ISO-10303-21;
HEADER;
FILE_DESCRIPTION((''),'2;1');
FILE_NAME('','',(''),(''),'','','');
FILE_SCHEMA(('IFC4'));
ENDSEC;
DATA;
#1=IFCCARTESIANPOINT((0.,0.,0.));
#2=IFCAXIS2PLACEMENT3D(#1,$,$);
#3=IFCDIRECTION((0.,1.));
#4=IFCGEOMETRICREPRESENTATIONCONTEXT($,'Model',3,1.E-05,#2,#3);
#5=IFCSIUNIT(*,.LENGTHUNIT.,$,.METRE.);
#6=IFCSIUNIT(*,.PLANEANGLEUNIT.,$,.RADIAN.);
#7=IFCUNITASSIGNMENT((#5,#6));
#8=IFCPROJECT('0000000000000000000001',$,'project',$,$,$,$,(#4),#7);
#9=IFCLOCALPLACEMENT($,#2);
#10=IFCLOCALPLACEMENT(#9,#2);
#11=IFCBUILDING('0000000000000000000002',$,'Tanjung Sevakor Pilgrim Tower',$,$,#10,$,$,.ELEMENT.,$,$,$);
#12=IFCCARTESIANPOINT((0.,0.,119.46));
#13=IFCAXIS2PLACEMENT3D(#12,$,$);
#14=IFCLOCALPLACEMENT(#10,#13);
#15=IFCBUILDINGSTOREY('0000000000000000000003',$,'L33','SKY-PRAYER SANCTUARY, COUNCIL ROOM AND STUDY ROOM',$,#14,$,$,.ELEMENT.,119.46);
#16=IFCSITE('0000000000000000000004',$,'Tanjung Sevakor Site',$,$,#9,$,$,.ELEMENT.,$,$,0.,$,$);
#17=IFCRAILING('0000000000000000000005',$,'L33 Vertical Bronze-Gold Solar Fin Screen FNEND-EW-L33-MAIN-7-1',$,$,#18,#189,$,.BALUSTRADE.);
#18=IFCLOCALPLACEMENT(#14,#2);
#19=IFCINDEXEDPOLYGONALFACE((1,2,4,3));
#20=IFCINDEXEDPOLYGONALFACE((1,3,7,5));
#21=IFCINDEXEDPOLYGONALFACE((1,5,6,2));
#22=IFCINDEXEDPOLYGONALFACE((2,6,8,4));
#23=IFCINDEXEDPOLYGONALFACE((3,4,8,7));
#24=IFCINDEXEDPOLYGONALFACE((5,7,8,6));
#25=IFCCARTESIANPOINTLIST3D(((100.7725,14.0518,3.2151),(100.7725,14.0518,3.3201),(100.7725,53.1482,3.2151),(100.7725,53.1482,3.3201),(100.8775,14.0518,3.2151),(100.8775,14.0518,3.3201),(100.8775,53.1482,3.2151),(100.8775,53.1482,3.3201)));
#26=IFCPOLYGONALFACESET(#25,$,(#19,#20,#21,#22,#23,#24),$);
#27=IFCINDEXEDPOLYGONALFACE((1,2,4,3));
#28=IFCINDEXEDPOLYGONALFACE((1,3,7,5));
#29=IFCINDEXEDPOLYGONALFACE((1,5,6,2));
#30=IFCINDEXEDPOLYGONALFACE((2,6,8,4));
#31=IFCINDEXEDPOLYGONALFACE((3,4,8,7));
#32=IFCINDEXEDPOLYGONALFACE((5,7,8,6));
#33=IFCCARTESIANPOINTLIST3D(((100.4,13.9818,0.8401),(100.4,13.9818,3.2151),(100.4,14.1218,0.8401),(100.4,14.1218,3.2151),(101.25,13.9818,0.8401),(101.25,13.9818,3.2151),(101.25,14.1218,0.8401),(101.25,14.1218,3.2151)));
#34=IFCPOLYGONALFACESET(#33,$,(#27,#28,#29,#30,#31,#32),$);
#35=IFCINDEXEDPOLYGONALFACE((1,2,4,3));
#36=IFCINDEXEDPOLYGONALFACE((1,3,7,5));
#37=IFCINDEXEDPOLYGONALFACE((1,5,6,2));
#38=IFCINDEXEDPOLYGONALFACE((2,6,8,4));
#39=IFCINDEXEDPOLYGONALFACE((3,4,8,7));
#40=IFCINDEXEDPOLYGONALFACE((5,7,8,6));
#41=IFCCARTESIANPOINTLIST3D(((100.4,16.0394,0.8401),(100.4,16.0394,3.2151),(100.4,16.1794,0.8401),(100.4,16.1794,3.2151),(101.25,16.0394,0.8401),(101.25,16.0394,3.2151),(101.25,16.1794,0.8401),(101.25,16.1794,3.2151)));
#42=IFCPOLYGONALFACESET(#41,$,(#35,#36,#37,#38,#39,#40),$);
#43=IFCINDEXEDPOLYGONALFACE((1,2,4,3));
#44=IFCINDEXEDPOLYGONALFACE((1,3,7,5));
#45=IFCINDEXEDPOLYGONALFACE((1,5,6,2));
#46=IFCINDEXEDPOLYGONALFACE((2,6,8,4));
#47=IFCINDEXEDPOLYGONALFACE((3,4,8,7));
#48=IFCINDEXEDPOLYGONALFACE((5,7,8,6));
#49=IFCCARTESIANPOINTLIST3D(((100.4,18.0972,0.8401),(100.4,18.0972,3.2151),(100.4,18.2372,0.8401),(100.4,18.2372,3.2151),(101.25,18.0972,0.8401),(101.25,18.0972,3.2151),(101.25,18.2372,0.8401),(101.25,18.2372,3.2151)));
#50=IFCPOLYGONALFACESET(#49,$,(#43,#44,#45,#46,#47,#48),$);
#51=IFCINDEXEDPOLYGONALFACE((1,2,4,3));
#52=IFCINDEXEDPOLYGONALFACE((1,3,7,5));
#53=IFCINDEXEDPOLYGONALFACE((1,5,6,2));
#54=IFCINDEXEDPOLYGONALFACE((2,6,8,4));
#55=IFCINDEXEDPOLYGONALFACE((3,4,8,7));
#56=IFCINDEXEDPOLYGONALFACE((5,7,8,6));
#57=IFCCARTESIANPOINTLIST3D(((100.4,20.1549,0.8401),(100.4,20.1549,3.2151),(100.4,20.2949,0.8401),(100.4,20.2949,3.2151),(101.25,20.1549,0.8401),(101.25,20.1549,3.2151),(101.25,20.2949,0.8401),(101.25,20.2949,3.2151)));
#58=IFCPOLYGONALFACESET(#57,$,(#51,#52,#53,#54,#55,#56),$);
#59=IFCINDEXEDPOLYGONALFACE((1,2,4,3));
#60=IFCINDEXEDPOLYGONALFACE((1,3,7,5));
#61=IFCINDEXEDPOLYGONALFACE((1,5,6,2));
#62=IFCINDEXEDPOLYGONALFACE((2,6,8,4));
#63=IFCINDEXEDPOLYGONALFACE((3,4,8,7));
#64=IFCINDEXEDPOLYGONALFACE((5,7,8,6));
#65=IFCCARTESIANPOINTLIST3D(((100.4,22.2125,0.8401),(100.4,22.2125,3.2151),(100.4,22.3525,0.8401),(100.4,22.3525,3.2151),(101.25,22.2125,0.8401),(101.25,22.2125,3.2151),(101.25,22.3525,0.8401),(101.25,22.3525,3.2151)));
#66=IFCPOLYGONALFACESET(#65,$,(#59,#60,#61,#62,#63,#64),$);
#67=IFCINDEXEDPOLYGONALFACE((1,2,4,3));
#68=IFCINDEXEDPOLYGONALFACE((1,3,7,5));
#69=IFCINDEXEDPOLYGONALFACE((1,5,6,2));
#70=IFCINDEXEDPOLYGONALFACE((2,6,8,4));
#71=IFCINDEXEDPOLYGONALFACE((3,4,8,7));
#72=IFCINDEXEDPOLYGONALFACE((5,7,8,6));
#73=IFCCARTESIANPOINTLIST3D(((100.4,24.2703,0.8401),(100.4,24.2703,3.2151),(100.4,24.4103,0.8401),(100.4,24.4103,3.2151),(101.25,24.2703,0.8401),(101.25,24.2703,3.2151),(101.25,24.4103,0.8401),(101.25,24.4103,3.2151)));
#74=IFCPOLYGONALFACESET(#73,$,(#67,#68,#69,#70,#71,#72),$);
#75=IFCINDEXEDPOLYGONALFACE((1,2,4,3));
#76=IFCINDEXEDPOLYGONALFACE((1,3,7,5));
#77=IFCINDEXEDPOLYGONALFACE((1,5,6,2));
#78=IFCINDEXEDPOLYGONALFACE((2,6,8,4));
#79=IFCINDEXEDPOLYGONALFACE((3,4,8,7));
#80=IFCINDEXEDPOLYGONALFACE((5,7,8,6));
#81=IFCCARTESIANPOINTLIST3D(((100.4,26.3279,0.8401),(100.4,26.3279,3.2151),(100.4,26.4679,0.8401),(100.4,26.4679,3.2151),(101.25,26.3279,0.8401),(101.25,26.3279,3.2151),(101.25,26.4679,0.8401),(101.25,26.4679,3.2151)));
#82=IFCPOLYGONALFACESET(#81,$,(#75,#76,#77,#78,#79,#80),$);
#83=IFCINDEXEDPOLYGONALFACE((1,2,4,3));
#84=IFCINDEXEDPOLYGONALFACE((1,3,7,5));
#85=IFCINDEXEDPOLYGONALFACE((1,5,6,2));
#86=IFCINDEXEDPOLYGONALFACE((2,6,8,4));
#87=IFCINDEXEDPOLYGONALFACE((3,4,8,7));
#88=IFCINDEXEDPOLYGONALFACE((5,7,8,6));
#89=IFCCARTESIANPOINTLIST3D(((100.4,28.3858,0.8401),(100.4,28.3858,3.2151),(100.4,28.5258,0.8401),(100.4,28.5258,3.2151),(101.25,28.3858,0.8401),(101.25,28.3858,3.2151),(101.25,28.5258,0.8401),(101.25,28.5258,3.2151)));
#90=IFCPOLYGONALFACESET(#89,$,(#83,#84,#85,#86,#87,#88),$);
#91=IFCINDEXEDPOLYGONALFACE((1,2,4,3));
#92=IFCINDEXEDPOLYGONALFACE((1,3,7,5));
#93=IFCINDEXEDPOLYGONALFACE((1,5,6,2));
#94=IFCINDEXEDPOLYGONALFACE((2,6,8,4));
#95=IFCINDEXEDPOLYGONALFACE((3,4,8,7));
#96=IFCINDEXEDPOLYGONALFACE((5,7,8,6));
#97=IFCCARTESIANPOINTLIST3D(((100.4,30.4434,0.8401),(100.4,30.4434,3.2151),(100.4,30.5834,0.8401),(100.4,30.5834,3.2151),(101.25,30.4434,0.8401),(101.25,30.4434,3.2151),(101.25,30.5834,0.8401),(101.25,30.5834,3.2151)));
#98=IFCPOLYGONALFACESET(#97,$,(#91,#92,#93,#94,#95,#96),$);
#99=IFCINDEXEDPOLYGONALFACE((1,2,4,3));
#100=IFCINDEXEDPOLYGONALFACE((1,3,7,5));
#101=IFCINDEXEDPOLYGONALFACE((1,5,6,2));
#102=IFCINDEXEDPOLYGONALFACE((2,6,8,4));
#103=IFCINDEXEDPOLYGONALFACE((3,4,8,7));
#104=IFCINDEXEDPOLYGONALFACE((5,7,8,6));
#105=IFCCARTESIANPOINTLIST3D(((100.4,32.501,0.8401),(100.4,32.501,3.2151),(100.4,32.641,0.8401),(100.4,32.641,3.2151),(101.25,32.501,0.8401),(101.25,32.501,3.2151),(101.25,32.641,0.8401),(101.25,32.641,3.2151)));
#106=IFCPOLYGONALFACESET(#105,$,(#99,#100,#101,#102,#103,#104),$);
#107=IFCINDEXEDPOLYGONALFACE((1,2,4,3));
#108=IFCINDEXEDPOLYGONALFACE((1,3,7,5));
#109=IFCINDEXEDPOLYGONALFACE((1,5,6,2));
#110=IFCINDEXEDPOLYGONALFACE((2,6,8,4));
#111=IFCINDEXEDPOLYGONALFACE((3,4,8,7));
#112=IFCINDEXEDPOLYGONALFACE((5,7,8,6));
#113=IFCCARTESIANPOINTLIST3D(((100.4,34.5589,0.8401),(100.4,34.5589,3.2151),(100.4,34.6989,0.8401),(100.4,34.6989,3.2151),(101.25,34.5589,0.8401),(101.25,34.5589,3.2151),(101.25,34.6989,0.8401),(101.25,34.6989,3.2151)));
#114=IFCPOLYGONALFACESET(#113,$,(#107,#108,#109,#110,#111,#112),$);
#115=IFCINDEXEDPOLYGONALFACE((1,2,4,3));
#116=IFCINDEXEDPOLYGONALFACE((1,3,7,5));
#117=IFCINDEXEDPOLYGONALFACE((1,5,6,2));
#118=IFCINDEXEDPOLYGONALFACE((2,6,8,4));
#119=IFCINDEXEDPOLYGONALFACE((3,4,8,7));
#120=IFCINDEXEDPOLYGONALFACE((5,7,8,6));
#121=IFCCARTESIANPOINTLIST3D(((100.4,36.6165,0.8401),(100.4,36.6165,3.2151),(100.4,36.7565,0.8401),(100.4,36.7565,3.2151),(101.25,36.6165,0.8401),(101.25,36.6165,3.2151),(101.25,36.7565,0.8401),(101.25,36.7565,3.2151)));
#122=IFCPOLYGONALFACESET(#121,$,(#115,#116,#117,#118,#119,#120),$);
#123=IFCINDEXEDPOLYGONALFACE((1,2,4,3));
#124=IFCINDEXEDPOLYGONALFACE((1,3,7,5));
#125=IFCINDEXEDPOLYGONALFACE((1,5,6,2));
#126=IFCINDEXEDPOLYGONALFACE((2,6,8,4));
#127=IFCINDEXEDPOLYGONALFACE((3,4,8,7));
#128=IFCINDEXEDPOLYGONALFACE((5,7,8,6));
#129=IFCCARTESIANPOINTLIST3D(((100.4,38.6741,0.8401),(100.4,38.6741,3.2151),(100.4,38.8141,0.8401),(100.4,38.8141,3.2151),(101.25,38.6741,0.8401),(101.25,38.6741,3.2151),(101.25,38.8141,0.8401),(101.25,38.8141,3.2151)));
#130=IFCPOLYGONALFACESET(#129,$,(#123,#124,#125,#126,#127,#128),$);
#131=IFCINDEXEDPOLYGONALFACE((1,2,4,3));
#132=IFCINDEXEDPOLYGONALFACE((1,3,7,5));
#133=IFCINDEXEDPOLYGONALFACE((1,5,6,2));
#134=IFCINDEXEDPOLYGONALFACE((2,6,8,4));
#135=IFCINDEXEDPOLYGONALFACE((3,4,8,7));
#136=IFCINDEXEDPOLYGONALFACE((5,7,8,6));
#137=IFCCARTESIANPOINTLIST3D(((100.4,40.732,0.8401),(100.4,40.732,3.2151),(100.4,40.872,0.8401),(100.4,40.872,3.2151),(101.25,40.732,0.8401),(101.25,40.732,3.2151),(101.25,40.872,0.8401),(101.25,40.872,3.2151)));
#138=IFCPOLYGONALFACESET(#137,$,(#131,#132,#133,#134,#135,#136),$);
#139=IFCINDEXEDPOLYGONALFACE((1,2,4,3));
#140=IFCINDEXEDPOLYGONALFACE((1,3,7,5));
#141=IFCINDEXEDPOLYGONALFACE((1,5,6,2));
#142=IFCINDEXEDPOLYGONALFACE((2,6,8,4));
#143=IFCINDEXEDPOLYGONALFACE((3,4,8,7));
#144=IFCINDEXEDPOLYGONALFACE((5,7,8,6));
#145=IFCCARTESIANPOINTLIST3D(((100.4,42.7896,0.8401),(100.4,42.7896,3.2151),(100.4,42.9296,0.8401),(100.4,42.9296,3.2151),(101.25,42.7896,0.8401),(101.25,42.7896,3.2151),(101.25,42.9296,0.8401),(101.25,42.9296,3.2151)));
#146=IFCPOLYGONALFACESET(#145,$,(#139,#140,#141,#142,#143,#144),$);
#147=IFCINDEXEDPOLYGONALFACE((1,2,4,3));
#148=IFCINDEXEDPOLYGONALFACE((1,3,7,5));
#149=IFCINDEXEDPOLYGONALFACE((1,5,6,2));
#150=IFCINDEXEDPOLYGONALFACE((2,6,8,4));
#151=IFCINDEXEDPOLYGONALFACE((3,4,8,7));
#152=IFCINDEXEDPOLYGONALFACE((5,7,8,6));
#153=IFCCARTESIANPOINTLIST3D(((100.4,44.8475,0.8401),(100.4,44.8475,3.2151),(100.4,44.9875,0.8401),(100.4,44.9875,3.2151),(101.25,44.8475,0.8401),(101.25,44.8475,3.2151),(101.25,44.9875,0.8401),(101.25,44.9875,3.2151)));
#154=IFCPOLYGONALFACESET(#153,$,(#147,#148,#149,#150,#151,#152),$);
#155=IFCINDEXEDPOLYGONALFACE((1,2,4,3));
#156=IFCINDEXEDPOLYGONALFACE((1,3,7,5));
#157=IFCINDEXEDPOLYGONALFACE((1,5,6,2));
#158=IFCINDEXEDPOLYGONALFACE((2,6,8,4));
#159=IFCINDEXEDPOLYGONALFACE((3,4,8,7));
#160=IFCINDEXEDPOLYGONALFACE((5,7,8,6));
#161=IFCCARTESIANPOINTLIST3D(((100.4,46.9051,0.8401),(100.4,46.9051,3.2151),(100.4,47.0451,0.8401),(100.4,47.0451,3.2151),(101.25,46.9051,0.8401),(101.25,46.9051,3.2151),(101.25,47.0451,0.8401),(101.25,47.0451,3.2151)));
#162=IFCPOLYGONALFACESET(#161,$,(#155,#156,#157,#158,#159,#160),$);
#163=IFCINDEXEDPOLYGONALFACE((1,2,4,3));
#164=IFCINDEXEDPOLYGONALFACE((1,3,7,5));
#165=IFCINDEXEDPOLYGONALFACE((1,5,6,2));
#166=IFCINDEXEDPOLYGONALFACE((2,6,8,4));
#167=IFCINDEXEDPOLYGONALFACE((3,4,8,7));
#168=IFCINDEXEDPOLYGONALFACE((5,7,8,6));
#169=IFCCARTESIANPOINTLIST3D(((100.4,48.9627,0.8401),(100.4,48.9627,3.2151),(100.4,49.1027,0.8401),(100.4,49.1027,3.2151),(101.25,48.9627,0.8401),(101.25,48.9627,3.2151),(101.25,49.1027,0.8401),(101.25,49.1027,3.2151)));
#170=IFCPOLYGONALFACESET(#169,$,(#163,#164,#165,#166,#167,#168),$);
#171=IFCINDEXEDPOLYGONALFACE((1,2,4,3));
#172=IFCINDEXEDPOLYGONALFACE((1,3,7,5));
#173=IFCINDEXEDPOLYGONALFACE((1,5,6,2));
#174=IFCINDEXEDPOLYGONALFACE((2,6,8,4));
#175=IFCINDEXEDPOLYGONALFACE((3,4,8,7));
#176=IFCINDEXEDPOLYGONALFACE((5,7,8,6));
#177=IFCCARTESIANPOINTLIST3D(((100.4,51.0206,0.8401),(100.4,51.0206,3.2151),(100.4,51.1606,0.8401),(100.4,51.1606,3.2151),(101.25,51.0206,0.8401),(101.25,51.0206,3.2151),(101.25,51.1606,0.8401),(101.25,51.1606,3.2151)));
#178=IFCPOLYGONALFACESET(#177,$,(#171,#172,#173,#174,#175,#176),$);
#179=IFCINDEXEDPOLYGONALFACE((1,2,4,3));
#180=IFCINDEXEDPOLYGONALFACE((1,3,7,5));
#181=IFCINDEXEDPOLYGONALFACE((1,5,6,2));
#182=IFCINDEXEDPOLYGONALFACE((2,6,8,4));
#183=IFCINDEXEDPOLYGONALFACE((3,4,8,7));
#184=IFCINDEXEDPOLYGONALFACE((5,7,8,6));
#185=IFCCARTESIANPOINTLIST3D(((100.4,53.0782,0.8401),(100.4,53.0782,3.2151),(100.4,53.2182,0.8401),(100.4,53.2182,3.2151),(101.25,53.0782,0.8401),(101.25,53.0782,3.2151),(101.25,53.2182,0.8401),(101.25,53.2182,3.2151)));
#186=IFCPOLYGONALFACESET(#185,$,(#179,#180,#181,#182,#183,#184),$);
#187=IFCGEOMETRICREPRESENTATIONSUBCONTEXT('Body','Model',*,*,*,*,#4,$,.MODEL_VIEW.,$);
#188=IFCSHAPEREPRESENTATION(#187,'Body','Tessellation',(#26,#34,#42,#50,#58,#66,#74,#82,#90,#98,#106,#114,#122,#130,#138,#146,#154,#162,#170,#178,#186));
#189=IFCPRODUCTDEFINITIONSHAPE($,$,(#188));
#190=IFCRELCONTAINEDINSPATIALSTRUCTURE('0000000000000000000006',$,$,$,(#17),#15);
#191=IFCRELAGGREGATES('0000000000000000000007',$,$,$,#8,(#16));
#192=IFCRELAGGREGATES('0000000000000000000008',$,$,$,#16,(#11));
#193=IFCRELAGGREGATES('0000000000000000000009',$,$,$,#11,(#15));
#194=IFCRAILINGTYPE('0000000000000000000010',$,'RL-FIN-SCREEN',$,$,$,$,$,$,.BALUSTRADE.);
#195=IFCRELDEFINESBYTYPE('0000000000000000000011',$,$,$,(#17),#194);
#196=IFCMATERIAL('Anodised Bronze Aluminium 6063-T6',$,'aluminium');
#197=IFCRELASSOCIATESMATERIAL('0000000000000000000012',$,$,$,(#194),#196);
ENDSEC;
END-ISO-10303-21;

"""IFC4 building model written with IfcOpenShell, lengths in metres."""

from ifc_helpers import new_model, si_unit, direction, frame, origin, place, context, subcontext, project, spatial, rectangle, extrude, material, type_object, element, save


model = new_model("IFC4")

# Units and contexts
model_context = context("Model", 3, precision=1e-05, world=origin(), true_north=direction((0.0, 1.0)))
body_context = subcontext(model_context, "Body", "Model", "MODEL_VIEW")
ifc_project = project(units=[si_unit("LENGTHUNIT", "METRE"), si_unit("PLANEANGLEUNIT", "RADIAN")], contexts=[model_context])

# Site, building, storey
site_placement = place(None, origin())
site = spatial("IfcSite", under=ifc_project, at=site_placement, Name="Tanjung Sevakor Site", CompositionType="ELEMENT", RefElevation=0.0)
building_placement = place(site_placement, origin())
building = spatial("IfcBuilding", under=site, at=building_placement, Name="Tanjung Sevakor Pilgrim Tower", CompositionType="ELEMENT")
storey_placement = place(building_placement, frame((0.0, 0.0, 119.46)))
storey = spatial("IfcBuildingStorey", under=building, at=storey_placement, Name="L33", Description="SKY-PRAYER SANCTUARY, COUNCIL ROOM AND STUDY ROOM", CompositionType="ELEMENT", Elevation=119.46)

# Railing
ifc_material_1 = material(Name="Anodised Bronze Aluminium 6063-T6", Category="aluminium")
railing_type = type_object("IfcRailingType", Name="RL-FIN-SCREEN", PredefinedType="BALUSTRADE", material=ifc_material_1)
railing_placement = place(storey_placement, frame((100.825, 14.0518, 0.8401)))
element("IfcRailing", 1, at=railing_placement, inside=storey, type_object=railing_type, Name="L33 Vertical Bronze-Gold Solar Fin Screen FNEND-EW-L33-MAIN-7-1", PredefinedType="BALUSTRADE", context=body_context, shape_type="SweptSolid", body=[
    extrude(rectangle(XDim=0.105, YDim=0.105), frame((0.0, 0.0, 2.4275), z_axis=(0.0, 1.0, 0.0), x_axis=(-1.0, 0.0, 0.0)), (0.0, 0.0, 1.0), 39.0964),
    extrude(rectangle(XDim=0.85, YDim=0.14), origin(), (0.0, 0.0, 1.0), 2.375),
    extrude(rectangle(XDim=0.85, YDim=0.14), frame((0.0, 2.0576, 0.0)), (0.0, 0.0, 1.0), 2.375),
    extrude(rectangle(XDim=0.85, YDim=0.14), frame((0.0, 4.1155, 0.0)), (0.0, 0.0, 1.0), 2.375),
    extrude(rectangle(XDim=0.85, YDim=0.14), frame((0.0, 6.1731, 0.0)), (0.0, 0.0, 1.0), 2.375),
    extrude(rectangle(XDim=0.85, YDim=0.14), frame((0.0, 8.2307, 0.0)), (0.0, 0.0, 1.0), 2.375),
    extrude(rectangle(XDim=0.85, YDim=0.14), frame((0.0, 10.2886, 0.0)), (0.0, 0.0, 1.0), 2.375),
    extrude(rectangle(XDim=0.85, YDim=0.14), frame((0.0, 12.3462, 0.0)), (0.0, 0.0, 1.0), 2.375),
    extrude(rectangle(XDim=0.85, YDim=0.14), frame((0.0, 14.4041, 0.0)), (0.0, 0.0, 1.0), 2.375),
    extrude(rectangle(XDim=0.85, YDim=0.14), frame((0.0, 16.4617, 0.0)), (0.0, 0.0, 1.0), 2.375),
    extrude(rectangle(XDim=0.85, YDim=0.14), frame((0.0, 18.5193, 0.0)), (0.0, 0.0, 1.0), 2.375),
    extrude(rectangle(XDim=0.85, YDim=0.14), frame((0.0, 20.5771, 0.0)), (0.0, 0.0, 1.0), 2.375),
    extrude(rectangle(XDim=0.85, YDim=0.14), frame((0.0, 22.6348, 0.0)), (0.0, 0.0, 1.0), 2.375),
    extrude(rectangle(XDim=0.85, YDim=0.14), frame((0.0, 24.6924, 0.0)), (0.0, 0.0, 1.0), 2.375),
    extrude(rectangle(XDim=0.85, YDim=0.14), frame((0.0, 26.7502, 0.0)), (0.0, 0.0, 1.0), 2.375),
    extrude(rectangle(XDim=0.85, YDim=0.14), frame((0.0, 28.8079, 0.0)), (0.0, 0.0, 1.0), 2.375),
    extrude(rectangle(XDim=0.85, YDim=0.14), frame((0.0, 30.8657, 0.0)), (0.0, 0.0, 1.0), 2.375),
    extrude(rectangle(XDim=0.85, YDim=0.14), frame((0.0, 32.9233, 0.0)), (0.0, 0.0, 1.0), 2.375),
    extrude(rectangle(XDim=0.85, YDim=0.14), frame((0.0, 34.981, 0.0)), (0.0, 0.0, 1.0), 2.375),
    extrude(rectangle(XDim=0.85, YDim=0.14), frame((0.0, 37.0388, 0.0)), (0.0, 0.0, 1.0), 2.375),
    extrude(rectangle(XDim=0.85, YDim=0.14), frame((0.0, 39.0964, 0.0)), (0.0, 0.0, 1.0), 2.375),
])

save(model, "model.ifc")
